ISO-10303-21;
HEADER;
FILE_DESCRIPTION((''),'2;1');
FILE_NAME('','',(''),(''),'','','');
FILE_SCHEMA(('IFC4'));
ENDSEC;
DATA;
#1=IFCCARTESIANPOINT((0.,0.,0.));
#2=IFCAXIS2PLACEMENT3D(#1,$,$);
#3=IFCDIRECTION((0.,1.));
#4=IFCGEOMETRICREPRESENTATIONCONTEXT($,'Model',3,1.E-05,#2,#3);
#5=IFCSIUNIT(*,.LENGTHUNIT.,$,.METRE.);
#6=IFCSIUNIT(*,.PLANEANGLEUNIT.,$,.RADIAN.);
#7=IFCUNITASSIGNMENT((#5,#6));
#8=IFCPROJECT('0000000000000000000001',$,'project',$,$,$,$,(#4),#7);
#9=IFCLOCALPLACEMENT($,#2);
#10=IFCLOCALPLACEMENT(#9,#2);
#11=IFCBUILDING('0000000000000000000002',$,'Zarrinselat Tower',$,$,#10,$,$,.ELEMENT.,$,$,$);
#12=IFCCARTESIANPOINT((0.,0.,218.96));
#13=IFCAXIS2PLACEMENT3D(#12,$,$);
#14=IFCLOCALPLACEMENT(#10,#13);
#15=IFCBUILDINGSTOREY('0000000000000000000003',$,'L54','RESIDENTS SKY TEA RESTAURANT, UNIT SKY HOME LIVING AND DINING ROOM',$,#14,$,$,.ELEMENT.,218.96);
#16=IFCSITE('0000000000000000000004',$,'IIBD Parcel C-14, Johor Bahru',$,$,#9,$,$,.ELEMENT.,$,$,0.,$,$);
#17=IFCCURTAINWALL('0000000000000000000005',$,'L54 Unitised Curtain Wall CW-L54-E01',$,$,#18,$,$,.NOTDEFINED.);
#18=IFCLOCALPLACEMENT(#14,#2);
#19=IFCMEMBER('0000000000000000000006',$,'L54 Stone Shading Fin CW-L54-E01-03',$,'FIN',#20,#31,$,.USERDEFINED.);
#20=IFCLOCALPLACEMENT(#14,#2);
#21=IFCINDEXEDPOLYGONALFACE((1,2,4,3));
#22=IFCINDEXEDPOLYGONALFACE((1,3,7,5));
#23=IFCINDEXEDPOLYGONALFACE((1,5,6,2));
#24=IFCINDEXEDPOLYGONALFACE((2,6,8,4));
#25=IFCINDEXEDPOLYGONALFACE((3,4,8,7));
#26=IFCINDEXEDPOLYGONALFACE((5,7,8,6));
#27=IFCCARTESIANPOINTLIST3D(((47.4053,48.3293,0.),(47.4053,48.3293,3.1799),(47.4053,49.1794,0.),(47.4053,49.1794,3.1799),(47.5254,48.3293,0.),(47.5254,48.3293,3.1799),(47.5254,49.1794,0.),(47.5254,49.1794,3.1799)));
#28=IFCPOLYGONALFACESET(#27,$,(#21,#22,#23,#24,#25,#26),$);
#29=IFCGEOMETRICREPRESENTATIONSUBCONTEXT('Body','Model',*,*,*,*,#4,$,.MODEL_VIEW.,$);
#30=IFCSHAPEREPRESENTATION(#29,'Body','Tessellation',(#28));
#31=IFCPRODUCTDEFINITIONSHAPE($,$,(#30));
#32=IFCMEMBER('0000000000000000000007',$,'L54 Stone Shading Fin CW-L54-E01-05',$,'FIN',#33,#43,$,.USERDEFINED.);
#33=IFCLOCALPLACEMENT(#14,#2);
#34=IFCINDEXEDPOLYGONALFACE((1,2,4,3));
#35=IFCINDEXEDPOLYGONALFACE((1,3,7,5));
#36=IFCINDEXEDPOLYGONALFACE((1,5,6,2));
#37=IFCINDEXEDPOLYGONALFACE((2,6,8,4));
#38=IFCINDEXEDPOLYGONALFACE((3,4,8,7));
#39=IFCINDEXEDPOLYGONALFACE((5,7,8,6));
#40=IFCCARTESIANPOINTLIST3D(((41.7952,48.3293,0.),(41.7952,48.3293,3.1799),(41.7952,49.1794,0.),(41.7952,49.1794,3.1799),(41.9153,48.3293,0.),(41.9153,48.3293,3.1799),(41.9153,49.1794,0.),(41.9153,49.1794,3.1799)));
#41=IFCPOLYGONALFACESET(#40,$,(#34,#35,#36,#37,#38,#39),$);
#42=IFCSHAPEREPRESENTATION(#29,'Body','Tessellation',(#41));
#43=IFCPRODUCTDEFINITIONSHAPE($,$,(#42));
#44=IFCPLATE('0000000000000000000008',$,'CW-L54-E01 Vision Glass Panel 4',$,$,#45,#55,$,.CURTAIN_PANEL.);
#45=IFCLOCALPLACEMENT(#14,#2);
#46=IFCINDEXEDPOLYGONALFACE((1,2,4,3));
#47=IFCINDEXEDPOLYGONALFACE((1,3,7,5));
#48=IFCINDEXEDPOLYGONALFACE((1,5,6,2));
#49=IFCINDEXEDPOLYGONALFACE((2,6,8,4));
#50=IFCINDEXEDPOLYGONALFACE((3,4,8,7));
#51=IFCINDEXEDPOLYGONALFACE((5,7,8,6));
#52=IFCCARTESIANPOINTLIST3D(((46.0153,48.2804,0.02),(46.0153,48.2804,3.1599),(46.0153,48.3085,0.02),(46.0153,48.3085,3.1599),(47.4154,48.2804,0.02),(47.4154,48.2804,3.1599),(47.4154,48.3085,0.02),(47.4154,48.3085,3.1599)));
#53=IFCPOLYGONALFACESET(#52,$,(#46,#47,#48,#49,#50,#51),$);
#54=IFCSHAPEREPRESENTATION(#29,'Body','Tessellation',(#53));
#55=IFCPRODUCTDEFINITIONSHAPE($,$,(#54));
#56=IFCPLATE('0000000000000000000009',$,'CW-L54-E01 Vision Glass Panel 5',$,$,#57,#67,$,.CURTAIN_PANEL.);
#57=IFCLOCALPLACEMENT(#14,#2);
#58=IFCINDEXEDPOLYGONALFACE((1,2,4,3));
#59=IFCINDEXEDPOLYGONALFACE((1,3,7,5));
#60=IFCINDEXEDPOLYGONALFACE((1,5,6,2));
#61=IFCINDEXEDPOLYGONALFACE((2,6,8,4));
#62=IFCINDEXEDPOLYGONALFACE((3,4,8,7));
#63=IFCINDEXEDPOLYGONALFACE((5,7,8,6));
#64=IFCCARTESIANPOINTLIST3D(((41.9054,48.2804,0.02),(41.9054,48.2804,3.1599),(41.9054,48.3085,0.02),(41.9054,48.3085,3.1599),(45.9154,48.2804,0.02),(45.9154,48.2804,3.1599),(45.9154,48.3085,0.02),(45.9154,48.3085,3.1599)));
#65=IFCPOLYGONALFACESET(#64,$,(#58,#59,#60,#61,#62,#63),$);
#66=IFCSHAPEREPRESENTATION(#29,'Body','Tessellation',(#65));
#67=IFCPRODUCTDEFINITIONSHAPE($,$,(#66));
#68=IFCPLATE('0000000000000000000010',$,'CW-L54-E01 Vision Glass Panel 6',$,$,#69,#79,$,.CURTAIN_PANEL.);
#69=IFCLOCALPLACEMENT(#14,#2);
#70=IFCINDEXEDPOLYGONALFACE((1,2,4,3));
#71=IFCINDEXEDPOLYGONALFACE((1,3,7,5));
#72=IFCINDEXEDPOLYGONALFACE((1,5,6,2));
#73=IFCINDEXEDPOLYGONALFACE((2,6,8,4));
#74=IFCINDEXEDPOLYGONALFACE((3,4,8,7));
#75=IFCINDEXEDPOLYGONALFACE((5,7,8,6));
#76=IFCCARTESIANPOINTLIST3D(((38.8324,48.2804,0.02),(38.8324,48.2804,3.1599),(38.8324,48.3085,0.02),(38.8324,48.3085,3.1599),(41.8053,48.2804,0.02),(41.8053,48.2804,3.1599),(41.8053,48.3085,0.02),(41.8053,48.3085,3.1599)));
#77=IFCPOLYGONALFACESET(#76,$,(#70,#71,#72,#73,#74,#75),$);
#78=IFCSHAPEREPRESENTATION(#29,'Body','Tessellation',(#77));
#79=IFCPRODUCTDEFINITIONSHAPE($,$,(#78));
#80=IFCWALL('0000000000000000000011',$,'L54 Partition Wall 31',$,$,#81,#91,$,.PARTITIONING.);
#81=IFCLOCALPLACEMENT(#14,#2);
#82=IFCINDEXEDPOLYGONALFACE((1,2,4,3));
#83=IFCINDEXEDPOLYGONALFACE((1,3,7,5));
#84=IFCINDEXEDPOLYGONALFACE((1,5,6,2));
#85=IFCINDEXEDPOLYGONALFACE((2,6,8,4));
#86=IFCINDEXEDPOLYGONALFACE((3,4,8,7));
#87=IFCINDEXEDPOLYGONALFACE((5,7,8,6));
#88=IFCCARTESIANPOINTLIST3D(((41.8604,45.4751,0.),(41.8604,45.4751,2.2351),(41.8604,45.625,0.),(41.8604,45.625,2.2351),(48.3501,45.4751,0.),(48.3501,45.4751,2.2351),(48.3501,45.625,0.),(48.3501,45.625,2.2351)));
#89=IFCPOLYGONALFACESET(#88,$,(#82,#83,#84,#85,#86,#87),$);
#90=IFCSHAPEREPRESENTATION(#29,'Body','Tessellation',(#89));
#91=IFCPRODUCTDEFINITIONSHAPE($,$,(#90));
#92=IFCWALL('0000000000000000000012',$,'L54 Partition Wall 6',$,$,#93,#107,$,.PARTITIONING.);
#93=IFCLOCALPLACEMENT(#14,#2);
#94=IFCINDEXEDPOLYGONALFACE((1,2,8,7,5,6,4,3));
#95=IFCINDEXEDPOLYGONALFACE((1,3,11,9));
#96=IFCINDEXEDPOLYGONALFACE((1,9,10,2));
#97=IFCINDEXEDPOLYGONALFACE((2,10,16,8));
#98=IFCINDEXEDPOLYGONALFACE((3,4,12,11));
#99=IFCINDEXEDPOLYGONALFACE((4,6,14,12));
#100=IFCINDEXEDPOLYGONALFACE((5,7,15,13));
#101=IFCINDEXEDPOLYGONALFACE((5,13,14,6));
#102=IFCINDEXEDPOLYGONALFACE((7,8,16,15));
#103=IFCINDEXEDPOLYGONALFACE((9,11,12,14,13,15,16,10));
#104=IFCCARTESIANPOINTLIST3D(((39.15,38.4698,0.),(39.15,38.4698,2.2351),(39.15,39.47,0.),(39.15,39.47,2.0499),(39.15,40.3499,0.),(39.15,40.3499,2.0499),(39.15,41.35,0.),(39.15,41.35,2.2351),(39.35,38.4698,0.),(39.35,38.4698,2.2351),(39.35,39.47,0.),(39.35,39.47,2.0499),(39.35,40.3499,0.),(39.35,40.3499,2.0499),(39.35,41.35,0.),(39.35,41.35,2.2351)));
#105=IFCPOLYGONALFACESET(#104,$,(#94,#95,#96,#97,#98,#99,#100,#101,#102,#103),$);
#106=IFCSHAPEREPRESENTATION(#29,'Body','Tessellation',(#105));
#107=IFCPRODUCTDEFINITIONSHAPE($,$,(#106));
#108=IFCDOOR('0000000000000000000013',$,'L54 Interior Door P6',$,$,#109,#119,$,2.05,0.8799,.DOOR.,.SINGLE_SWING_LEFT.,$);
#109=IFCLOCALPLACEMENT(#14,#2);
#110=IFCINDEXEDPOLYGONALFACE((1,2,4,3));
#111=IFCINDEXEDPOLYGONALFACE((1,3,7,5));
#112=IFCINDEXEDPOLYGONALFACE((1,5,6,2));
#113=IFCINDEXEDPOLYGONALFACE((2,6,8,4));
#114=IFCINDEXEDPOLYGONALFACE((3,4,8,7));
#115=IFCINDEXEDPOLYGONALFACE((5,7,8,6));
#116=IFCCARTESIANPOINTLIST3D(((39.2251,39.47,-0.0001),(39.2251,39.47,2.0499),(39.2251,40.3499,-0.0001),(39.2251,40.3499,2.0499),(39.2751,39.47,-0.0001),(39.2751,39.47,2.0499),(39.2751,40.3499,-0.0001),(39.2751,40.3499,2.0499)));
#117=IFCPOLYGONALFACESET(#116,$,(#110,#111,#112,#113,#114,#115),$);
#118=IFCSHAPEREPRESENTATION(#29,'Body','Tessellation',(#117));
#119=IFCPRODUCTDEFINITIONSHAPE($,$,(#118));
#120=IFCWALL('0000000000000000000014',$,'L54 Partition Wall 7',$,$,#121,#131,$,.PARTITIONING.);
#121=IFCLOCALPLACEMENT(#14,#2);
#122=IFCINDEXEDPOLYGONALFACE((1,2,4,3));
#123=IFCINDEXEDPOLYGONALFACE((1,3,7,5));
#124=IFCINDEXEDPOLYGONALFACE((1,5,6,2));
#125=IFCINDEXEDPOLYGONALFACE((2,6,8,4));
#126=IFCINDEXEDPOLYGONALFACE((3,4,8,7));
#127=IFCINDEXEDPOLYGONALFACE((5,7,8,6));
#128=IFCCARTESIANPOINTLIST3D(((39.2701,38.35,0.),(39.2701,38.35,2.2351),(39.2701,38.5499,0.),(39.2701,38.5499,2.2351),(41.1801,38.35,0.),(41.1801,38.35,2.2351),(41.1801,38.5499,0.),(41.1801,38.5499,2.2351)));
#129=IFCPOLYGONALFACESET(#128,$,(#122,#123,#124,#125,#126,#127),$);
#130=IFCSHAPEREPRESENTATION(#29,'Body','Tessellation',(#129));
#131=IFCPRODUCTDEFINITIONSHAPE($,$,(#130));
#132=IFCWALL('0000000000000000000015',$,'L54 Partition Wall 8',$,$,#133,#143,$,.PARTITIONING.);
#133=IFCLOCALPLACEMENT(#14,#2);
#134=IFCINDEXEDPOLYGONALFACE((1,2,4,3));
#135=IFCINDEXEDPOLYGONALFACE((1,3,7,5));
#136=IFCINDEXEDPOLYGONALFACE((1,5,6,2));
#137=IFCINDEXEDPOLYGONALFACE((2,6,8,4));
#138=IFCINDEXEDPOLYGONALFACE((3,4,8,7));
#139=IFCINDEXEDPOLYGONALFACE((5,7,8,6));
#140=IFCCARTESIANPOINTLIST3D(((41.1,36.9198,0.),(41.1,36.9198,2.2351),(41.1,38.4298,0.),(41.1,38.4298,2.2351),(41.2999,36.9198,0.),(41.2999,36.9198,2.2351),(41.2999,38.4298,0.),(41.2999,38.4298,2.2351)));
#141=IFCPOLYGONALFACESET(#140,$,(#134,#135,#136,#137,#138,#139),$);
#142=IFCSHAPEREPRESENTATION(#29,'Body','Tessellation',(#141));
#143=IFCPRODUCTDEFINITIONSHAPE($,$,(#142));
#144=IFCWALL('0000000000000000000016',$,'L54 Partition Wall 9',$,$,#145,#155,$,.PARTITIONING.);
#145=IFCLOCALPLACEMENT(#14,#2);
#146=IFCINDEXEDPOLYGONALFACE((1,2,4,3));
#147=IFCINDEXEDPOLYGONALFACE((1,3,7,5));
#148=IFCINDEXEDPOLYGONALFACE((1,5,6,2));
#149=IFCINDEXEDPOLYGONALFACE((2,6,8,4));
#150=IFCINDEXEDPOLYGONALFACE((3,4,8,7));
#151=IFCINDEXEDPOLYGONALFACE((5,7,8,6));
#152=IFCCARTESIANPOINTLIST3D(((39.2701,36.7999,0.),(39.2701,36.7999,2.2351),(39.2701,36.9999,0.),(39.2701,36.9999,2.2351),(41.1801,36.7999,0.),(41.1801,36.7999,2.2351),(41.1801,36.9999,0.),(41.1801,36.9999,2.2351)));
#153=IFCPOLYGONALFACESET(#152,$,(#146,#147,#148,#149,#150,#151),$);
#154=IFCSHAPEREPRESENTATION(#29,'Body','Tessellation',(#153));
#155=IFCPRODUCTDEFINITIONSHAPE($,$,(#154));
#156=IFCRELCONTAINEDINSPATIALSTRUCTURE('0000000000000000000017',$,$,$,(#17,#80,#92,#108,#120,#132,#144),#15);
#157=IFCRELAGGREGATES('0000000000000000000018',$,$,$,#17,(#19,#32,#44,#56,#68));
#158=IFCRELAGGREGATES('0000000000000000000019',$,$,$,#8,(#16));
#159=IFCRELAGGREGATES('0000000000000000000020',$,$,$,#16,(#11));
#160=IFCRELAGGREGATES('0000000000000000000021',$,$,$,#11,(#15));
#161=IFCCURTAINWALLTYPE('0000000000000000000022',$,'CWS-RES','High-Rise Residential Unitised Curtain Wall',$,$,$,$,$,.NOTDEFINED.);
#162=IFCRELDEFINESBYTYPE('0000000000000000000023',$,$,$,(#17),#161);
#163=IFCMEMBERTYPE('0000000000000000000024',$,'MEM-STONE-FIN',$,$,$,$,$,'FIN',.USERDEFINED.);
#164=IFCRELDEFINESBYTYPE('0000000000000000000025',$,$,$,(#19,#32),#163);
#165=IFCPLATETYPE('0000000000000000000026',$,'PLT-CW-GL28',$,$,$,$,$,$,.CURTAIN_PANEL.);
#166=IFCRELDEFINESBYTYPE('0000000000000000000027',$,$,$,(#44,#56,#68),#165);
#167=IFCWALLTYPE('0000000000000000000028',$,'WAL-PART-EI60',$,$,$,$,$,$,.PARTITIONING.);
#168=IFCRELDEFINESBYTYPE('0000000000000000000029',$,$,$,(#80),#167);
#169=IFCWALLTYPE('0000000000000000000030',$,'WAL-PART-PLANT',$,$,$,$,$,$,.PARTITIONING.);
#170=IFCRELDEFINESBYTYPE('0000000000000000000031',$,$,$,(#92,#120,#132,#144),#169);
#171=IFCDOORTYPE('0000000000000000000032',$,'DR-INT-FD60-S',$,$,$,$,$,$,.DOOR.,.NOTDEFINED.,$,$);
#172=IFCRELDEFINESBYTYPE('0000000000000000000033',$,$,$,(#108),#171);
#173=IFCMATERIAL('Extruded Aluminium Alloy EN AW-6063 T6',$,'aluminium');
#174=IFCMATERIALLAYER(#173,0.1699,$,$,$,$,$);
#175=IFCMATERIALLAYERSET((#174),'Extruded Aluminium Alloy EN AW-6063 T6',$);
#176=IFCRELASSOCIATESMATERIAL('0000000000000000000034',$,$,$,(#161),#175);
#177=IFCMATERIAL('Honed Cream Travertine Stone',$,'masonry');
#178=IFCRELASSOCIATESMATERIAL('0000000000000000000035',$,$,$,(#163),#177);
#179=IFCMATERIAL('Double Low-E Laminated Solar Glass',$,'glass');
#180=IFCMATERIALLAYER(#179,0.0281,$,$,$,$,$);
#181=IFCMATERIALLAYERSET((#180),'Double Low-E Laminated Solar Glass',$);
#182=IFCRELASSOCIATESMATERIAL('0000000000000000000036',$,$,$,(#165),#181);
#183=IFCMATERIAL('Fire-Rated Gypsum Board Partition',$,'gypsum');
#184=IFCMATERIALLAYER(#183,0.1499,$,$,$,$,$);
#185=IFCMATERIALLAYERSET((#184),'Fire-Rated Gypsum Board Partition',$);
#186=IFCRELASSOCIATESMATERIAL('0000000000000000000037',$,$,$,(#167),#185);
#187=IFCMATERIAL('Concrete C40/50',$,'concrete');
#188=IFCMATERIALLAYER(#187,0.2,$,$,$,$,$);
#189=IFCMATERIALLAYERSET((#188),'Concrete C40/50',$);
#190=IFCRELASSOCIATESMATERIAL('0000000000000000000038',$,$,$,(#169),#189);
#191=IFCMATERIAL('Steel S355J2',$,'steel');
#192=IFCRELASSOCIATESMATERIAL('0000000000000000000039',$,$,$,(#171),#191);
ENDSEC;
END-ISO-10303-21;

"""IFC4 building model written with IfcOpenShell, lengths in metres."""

from ifc_helpers import new_model, si_unit, direction, frame, frame_2d, origin, origin_2d, place, context, subcontext, project, spatial, rectangle, extrude, material, layer, layer_set, material_profile, profile_set, type_object, element, fill, aggregate, save


model = new_model("IFC4")

# Units and contexts
model_context = context("Model", 3, precision=1e-05, world=origin(), true_north=direction((0.0, 1.0)))
body_context = subcontext(model_context, "Body", "Model", "MODEL_VIEW")
ifc_project = project(units=[si_unit("LENGTHUNIT", "METRE"), si_unit("PLANEANGLEUNIT", "RADIAN")], contexts=[model_context])

# Site, building, storey
site_placement = place(None, origin())
site = spatial("IfcSite", under=ifc_project, at=site_placement, Name="IIBD Parcel C-14, Johor Bahru", CompositionType="ELEMENT", RefElevation=0.0)
building_placement = place(site_placement, origin())
building = spatial("IfcBuilding", under=site, at=building_placement, Name="Zarrinselat Tower", CompositionType="ELEMENT")
storey_placement = place(building_placement, frame((0.0, 0.0, 218.96)))
storey = spatial("IfcBuildingStorey", under=building, at=storey_placement, Name="L54", Description="RESIDENTS SKY TEA RESTAURANT, UNIT SKY HOME LIVING AND DINING ROOM", CompositionType="ELEMENT", Elevation=218.96)

# Curtain wall, members, plates
ifc_material_1 = material(Name="Extruded Aluminium Alloy EN AW-6063 T6", Category="aluminium")
ifc_layer_1 = layer(ifc_material_1, 0.1699)
ifc_layer_set_1 = layer_set([ifc_layer_1], Name="Extruded Aluminium Alloy EN AW-6063 T6")
curtain_wall_type = type_object("IfcCurtainWallType", Name="CWS-RES", Description="High-Rise Residential Unitised Curtain Wall", PredefinedType="NOTDEFINED", material=ifc_layer_set_1)
curtain_wall_placement = place(storey_placement, origin())
curtain_wall = element("IfcCurtainWall", 1, at=curtain_wall_placement, inside=storey, type_object=curtain_wall_type, Name="L54 Unitised Curtain Wall CW-L54-E01", PredefinedType="NOTDEFINED")
ifc_material_2 = material(Name="Honed Cream Travertine Stone", Category="masonry")
ifc_material_profile_1 = material_profile(ifc_material_2, rectangle(XDim=0.1201, YDim=0.8501, at=origin_2d()), Name="FIN 850x120")
ifc_profile_set_1 = profile_set([ifc_material_profile_1], Name="Honed Cream Travertine Stone")
member_type_1 = type_object("IfcMemberType", Name="MEM-STONE-FIN", ElementType="FIN", PredefinedType="USERDEFINED", material=ifc_profile_set_1)
member_1_placement = place(storey_placement, frame((47.4653, 48.7544, 0.0), z_axis=(0.0, 0.0, 1.0), x_axis=(1.0, 0.0, 0.0)))
member_1 = element("IfcMember", 2, at=member_1_placement, type_object=member_type_1, Name="L54 Stone Shading Fin CW-L54-E01-03", ObjectType="FIN", PredefinedType="USERDEFINED", context=body_context, shape_type="SweptSolid", body=[
    extrude(rectangle(XDim=0.1201, YDim=0.8501, at=origin_2d()), origin(), (0.0, 0.0, 1.0), 3.1799),
])
member_2_placement = place(storey_placement, frame((41.8552, 48.7544, 0.0), z_axis=(0.0, 0.0, 1.0), x_axis=(1.0, 0.0, 0.0)))
member_2 = element("IfcMember", 3, at=member_2_placement, type_object=member_type_1, Name="L54 Stone Shading Fin CW-L54-E01-05", ObjectType="FIN", PredefinedType="USERDEFINED", context=body_context, shape_type="SweptSolid", body=[
    extrude(rectangle(XDim=0.1201, YDim=0.8501, at=origin_2d()), origin(), (0.0, 0.0, 1.0), 3.1799),
])
ifc_material_3 = material(Name="Double Low-E Laminated Solar Glass", Category="glass")
ifc_layer_2 = layer(ifc_material_3, 0.0281)
ifc_layer_set_2 = layer_set([ifc_layer_2], Name="Double Low-E Laminated Solar Glass")
plate_type = type_object("IfcPlateType", Name="PLT-CW-GL28", PredefinedType="CURTAIN_PANEL", material=ifc_layer_set_2)
plate_1_placement = place(storey_placement, frame((46.7153, 48.2944, 0.02), z_axis=(0.0, 0.0, 1.0), x_axis=(-1.0, 0.0, 0.0)))
plate_1 = element("IfcPlate", 4, at=plate_1_placement, type_object=plate_type, Name="CW-L54-E01 Vision Glass Panel 4", PredefinedType="CURTAIN_PANEL", context=body_context, shape_type="SweptSolid", body=[
    extrude(rectangle(XDim=1.4001, YDim=0.0281, at=origin_2d()), origin(), (0.0, 0.0, 1.0), 3.1399),
])
plate_2_placement = place(storey_placement, frame((43.9104, 48.2944, 0.02), z_axis=(0.0, 0.0, 1.0), x_axis=(-1.0, 0.0, 0.0)))
plate_2 = element("IfcPlate", 5, at=plate_2_placement, type_object=plate_type, Name="CW-L54-E01 Vision Glass Panel 5", PredefinedType="CURTAIN_PANEL", context=body_context, shape_type="SweptSolid", body=[
    extrude(rectangle(XDim=4.01, YDim=0.0281, at=origin_2d()), origin(), (0.0, 0.0, 1.0), 3.1399),
])
plate_3_placement = place(storey_placement, frame((40.3188, 48.2944, 0.02), z_axis=(0.0, 0.0, 1.0), x_axis=(-1.0, 0.0, 0.0)))
plate_3 = element("IfcPlate", 6, at=plate_3_placement, type_object=plate_type, Name="CW-L54-E01 Vision Glass Panel 6", PredefinedType="CURTAIN_PANEL", context=body_context, shape_type="SweptSolid", body=[
    extrude(rectangle(XDim=2.9729, YDim=0.0281, at=origin_2d()), origin(), (0.0, 0.0, 1.0), 3.1399),
])
aggregate(curtain_wall, [member_1, member_2, plate_1, plate_2, plate_3])

# Wall
ifc_material_4 = material(Name="Fire-Rated Gypsum Board Partition", Category="gypsum")
ifc_layer_3 = layer(ifc_material_4, 0.1499)
ifc_layer_set_3 = layer_set([ifc_layer_3], Name="Fire-Rated Gypsum Board Partition")
wall_type_1 = type_object("IfcWallType", Name="WAL-PART-EI60", PredefinedType="PARTITIONING", material=ifc_layer_set_3)
wall_1_placement = place(storey_placement, frame((41.8604, 45.55, 0.0), z_axis=(0.0, 0.0, 1.0), x_axis=(1.0, 0.0, 0.0)))
element("IfcWall", 7, at=wall_1_placement, inside=storey, type_object=wall_type_1, Name="L54 Partition Wall 31", PredefinedType="PARTITIONING", context=body_context, shape_type="SweptSolid", body=[
    extrude(rectangle(XDim=6.4897, YDim=0.1499, at=frame_2d((3.2449, 0.0))), origin(), (0.0, 0.0, 1.0), 2.2351),
])

# Wall, opening, door
ifc_material_5 = material(Name="Concrete C40/50", Category="concrete")
ifc_layer_4 = layer(ifc_material_5, 0.2)
ifc_layer_set_4 = layer_set([ifc_layer_4], Name="Concrete C40/50")
wall_type_2 = type_object("IfcWallType", Name="WAL-PART-PLANT", PredefinedType="PARTITIONING", material=ifc_layer_set_4)
wall_2_placement = place(storey_placement, frame((39.25, 38.47, 0.0), z_axis=(0.0, 0.0, 1.0), x_axis=(0.0, 1.0, 0.0)))
wall_2 = element("IfcWall", 8, at=wall_2_placement, inside=storey, type_object=wall_type_2, Name="L54 Partition Wall 6", PredefinedType="PARTITIONING", context=body_context, shape_type="SweptSolid", body=[
    extrude(rectangle(XDim=2.8801, YDim=0.2, at=frame_2d((1.4399, 0.0))), origin(), (0.0, 0.0, 1.0), 2.2351),
])
opening_1_placement = place(wall_2_placement, frame((1.0, 0.0, 0.0)))
opening_1 = element("IfcOpeningElement", 9, at=opening_1_placement, cuts=wall_2, PredefinedType="OPENING", context=body_context, shape_type="SweptSolid", body=[
    extrude(rectangle(XDim=0.8799, YDim=2.05, at=frame_2d((0.4399, 1.0249))), frame((0.0, 0.1099, 0.0), z_axis=(0.0, -1.0, 0.0), x_axis=(1.0, 0.0, 0.0)), (0.0, 0.0, 1.0), 0.22),
])
ifc_material_6 = material(Name="Steel S355J2", Category="steel")
door_type_1 = type_object("IfcDoorType", Name="DR-INT-FD60-S", OperationType="NOTDEFINED", PredefinedType="DOOR", material=ifc_material_6)
door_1_placement = place(opening_1_placement, origin())
door_1 = element("IfcDoor", 10, at=door_1_placement, inside=storey, type_object=door_type_1, Name="L54 Interior Door P6", OperationType="SINGLE_SWING_LEFT", OverallHeight=2.05, OverallWidth=0.8799, PredefinedType="DOOR", context=body_context, shape_type="SweptSolid", body=[
    extrude(rectangle(XDim=0.8799, YDim=2.05, at=frame_2d((0.4399, 1.0249))), frame((0.0, 0.0249, 0.0), z_axis=(0.0, -1.0, 0.0), x_axis=(1.0, 0.0, 0.0)), (0.0, 0.0, 1.0), 0.05),
])
fill(opening_1, door_1)

# Walls
wall_3_placement = place(storey_placement, frame((39.27, 38.45, 0.0), z_axis=(0.0, 0.0, 1.0), x_axis=(1.0, 0.0, 0.0)))
element("IfcWall", 11, at=wall_3_placement, inside=storey, type_object=wall_type_2, Name="L54 Partition Wall 7", PredefinedType="PARTITIONING", context=body_context, shape_type="SweptSolid", body=[
    extrude(rectangle(XDim=1.9099, YDim=0.2, at=frame_2d((0.9551, 0.0))), origin(), (0.0, 0.0, 1.0), 2.2351),
])
wall_4_placement = place(storey_placement, frame((41.2, 36.9199, 0.0), z_axis=(0.0, 0.0, 1.0), x_axis=(0.0, 1.0, 0.0)))
element("IfcWall", 12, at=wall_4_placement, inside=storey, type_object=wall_type_2, Name="L54 Partition Wall 8", PredefinedType="PARTITIONING", context=body_context, shape_type="SweptSolid", body=[
    extrude(rectangle(XDim=1.51, YDim=0.2, at=frame_2d((0.7549, 0.0))), origin(), (0.0, 0.0, 1.0), 2.2351),
])
wall_5_placement = place(storey_placement, frame((39.27, 36.8999, 0.0), z_axis=(0.0, 0.0, 1.0), x_axis=(1.0, 0.0, 0.0)))
element("IfcWall", 13, at=wall_5_placement, inside=storey, type_object=wall_type_2, Name="L54 Partition Wall 9", PredefinedType="PARTITIONING", context=body_context, shape_type="SweptSolid", body=[
    extrude(rectangle(XDim=1.9099, YDim=0.2, at=frame_2d((0.9551, 0.0))), origin(), (0.0, 0.0, 1.0), 2.2351),
])

save(model, "model.ifc")
